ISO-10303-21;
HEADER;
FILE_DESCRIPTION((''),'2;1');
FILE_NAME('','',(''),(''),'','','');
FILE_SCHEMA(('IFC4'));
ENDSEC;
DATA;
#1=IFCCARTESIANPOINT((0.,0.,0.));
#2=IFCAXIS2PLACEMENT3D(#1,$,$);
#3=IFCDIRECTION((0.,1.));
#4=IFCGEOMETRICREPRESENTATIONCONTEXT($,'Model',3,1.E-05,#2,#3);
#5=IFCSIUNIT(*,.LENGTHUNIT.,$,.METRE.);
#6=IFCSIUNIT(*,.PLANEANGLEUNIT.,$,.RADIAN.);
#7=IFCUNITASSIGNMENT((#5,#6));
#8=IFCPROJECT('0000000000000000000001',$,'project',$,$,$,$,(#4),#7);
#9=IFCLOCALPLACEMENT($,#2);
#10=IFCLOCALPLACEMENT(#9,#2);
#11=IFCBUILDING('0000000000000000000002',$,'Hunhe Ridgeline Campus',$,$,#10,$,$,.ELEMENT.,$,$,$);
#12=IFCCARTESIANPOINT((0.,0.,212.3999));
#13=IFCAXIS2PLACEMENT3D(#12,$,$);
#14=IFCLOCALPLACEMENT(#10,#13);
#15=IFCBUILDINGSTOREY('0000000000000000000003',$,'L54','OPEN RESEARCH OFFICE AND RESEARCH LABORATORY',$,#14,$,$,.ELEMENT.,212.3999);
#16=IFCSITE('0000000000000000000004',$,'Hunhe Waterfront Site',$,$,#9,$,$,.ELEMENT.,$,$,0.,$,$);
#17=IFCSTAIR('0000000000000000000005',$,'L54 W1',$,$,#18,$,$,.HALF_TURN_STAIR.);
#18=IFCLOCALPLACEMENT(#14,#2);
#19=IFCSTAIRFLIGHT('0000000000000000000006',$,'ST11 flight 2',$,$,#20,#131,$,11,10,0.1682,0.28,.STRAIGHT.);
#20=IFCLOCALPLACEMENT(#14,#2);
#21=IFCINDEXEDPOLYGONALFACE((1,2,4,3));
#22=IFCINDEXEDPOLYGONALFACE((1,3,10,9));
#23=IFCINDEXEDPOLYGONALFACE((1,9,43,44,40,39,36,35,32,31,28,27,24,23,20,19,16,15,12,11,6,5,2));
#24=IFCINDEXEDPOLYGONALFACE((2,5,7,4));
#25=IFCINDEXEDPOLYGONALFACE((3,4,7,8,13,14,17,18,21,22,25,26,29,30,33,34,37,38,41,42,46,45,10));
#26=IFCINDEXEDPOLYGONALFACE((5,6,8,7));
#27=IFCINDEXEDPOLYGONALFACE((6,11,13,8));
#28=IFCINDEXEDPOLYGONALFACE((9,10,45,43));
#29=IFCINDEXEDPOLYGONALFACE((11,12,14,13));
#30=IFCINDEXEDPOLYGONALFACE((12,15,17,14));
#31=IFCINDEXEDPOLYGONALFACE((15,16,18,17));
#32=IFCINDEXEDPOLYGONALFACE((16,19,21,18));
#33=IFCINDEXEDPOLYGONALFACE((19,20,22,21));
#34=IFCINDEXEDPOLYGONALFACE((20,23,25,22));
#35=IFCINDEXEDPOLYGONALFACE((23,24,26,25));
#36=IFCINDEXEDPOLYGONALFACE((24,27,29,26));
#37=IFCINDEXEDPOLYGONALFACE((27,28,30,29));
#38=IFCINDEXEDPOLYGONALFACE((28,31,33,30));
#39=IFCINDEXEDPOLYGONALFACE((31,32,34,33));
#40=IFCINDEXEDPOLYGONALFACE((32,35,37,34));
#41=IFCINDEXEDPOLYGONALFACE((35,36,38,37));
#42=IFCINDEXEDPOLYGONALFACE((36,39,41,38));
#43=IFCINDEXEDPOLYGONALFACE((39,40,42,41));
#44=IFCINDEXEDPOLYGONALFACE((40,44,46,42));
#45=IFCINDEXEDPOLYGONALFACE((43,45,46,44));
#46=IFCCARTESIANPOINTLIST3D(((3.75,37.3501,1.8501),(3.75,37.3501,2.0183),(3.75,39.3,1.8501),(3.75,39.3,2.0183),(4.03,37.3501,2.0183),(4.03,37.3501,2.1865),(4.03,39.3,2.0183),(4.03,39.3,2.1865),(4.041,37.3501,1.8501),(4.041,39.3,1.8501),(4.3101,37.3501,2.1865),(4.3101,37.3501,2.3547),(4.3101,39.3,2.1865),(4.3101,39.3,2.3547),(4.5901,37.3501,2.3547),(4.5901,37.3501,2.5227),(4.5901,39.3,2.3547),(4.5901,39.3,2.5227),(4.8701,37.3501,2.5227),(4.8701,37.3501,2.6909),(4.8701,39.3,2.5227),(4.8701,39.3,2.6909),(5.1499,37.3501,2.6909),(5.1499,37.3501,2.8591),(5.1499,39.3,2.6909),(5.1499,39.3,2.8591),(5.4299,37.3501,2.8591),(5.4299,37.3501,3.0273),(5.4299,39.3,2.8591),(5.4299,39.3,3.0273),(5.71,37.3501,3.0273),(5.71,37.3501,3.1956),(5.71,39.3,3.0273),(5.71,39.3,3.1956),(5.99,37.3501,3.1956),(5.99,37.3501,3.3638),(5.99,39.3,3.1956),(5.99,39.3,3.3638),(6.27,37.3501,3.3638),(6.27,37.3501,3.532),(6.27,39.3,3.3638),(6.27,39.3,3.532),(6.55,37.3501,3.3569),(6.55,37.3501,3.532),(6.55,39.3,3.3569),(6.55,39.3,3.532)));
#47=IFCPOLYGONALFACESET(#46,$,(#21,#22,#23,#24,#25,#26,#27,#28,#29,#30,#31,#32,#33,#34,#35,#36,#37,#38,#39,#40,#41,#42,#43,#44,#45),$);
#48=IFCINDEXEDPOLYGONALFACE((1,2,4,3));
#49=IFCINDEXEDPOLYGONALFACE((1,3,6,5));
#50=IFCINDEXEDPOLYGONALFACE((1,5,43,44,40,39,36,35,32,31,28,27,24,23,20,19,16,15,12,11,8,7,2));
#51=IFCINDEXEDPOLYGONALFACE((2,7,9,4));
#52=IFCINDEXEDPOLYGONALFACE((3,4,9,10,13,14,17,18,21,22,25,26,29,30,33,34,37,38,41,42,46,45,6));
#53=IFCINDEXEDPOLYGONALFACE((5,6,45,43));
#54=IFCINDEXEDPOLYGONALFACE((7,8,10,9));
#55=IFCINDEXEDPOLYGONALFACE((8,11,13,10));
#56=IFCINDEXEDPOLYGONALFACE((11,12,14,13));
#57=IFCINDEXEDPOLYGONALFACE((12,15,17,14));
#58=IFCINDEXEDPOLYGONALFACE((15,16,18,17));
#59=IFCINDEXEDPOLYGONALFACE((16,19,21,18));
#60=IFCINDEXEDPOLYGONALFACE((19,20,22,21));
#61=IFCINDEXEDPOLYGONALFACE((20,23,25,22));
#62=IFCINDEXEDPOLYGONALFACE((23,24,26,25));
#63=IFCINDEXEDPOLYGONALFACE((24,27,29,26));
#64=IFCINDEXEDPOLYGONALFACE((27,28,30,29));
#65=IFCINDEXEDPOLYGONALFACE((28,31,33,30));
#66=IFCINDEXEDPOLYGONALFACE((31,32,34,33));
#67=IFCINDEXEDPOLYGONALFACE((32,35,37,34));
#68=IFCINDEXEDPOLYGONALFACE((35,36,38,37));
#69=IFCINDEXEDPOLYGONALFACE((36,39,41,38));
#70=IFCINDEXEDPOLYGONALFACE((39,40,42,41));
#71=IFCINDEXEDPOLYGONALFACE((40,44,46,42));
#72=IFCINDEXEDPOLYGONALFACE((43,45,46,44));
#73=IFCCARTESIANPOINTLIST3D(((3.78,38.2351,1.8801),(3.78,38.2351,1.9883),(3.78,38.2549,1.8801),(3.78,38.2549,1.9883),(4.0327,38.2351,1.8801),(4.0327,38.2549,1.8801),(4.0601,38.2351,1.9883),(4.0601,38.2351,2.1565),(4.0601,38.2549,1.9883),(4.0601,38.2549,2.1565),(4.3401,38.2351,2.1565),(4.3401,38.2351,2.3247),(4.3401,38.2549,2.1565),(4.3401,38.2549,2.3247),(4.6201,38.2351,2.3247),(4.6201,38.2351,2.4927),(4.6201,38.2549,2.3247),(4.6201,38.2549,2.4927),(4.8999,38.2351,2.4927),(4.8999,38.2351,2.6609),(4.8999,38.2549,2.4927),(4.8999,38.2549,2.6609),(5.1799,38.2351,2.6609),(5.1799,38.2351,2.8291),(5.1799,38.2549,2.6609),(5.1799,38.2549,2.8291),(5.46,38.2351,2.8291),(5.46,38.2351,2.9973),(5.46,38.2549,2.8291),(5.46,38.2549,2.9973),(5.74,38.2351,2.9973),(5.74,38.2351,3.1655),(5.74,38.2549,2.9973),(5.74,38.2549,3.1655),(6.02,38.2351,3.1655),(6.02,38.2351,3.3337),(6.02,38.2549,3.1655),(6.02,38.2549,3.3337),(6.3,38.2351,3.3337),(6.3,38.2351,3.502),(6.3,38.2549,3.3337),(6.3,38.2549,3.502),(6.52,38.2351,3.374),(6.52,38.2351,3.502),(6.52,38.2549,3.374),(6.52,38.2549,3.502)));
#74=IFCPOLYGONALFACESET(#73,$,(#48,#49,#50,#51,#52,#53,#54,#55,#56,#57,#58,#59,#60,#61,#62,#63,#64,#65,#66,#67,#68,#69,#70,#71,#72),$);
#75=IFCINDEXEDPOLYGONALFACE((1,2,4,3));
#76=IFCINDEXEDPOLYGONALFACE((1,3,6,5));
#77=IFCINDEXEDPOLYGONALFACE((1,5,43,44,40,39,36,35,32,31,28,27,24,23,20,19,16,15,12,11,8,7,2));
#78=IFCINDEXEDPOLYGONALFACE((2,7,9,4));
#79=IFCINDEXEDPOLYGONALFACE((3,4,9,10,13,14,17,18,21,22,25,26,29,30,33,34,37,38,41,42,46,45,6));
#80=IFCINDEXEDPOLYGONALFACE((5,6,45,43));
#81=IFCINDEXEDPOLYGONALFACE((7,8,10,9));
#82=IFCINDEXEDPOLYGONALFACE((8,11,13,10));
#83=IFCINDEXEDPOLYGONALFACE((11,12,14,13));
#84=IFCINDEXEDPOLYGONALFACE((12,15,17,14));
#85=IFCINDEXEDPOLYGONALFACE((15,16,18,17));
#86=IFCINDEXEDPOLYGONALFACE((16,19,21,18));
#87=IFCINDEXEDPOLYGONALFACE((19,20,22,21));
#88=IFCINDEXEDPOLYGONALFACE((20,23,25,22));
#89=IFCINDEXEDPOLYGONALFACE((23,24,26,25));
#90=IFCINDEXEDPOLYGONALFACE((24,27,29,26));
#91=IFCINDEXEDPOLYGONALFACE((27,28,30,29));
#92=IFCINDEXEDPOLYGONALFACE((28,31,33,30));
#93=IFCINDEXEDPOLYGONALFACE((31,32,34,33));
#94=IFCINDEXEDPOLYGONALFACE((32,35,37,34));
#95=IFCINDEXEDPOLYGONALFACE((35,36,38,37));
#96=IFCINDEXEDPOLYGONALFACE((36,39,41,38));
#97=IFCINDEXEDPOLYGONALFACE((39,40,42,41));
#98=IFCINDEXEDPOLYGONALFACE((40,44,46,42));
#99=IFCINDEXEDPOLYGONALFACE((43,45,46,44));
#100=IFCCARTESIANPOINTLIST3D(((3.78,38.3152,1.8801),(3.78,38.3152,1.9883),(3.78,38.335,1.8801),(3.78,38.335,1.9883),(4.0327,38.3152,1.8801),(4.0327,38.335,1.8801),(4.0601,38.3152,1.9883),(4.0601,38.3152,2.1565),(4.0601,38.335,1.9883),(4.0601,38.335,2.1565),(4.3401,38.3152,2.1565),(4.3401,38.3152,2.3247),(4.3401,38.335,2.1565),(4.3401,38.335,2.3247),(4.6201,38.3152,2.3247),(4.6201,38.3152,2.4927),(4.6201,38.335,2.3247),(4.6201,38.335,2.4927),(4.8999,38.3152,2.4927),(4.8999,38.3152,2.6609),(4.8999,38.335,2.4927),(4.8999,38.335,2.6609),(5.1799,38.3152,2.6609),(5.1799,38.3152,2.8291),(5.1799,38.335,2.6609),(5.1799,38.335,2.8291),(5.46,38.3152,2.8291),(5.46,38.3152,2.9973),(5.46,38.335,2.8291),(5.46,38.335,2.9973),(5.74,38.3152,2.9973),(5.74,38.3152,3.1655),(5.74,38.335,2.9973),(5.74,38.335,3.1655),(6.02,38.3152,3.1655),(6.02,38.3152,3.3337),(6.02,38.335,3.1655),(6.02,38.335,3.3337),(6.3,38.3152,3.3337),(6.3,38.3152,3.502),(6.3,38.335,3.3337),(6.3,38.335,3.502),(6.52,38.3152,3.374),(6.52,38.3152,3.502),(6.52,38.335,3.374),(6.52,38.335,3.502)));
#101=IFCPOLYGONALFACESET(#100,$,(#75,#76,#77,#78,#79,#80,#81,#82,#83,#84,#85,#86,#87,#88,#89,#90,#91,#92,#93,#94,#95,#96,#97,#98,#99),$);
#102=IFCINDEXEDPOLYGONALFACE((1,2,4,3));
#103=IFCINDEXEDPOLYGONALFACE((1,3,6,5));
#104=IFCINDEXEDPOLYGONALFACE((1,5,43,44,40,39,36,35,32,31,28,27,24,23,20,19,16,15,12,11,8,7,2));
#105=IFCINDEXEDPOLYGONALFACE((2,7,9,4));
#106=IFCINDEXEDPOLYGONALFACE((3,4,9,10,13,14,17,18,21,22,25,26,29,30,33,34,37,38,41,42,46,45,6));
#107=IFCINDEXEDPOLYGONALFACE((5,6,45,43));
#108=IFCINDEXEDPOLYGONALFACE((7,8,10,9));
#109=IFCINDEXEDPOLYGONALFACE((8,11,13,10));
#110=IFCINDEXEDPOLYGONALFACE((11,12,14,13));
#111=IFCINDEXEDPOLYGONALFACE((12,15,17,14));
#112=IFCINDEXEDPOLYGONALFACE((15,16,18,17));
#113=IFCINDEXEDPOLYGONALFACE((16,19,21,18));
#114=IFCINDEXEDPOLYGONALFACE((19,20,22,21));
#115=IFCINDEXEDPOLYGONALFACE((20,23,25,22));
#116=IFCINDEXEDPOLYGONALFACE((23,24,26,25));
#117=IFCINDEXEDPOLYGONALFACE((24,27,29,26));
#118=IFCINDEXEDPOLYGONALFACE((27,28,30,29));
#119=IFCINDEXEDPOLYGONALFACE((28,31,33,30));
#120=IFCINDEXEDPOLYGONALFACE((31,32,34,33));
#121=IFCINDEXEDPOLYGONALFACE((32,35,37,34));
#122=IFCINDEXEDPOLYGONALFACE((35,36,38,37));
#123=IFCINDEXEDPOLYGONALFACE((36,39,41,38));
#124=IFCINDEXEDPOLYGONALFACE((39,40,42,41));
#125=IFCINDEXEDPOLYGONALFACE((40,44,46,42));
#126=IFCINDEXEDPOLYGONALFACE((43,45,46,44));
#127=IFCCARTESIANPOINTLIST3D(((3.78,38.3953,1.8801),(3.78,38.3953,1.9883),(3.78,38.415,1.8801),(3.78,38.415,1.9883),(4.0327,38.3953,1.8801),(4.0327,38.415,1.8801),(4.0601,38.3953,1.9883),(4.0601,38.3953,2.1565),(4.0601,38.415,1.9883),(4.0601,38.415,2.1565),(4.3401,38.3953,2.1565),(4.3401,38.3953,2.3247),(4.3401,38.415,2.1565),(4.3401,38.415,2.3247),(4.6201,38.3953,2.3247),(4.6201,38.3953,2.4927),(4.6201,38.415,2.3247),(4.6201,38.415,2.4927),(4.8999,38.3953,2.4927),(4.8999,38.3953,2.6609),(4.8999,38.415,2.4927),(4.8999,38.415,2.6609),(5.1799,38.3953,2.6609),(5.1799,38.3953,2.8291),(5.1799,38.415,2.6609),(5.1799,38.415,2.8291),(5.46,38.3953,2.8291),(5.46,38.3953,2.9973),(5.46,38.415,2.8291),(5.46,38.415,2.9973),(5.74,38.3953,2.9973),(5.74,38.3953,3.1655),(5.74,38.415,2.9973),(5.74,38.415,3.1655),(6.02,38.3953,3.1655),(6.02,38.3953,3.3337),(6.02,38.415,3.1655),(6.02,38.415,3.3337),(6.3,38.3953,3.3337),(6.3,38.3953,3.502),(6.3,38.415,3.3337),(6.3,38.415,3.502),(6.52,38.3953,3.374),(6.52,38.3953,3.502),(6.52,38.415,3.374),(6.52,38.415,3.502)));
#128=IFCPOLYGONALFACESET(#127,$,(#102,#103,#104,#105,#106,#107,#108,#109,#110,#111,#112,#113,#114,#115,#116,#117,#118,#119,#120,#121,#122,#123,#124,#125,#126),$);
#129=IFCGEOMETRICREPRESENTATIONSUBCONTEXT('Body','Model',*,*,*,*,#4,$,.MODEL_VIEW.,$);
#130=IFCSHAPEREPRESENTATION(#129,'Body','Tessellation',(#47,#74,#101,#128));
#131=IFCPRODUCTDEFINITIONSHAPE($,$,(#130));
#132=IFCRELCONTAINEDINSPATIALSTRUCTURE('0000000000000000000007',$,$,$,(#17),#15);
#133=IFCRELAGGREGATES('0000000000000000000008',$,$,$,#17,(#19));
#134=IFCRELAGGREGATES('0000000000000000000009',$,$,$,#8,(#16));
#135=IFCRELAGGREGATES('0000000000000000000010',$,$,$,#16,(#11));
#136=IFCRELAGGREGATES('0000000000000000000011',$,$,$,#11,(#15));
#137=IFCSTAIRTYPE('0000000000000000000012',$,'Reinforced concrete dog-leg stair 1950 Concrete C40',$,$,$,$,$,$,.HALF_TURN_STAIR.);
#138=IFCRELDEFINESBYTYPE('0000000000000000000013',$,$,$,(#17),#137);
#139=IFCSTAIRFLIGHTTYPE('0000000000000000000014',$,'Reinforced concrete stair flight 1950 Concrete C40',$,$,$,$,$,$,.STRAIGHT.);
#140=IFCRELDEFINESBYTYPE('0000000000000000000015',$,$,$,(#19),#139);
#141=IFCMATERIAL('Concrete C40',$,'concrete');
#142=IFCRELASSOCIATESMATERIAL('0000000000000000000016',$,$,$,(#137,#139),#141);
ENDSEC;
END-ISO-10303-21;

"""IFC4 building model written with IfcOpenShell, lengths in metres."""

from ifc_helpers import new_model, si_unit, direction, frame, origin, place, context, subcontext, project, spatial, polyline, outline, extrude, material, type_object, element, aggregate, save


model = new_model("IFC4")

# Units and contexts
model_context = context("Model", 3, precision=1e-05, world=origin(), true_north=direction((0.0, 1.0)))
body_context = subcontext(model_context, "Body", "Model", "MODEL_VIEW")
ifc_project = project(units=[si_unit("LENGTHUNIT", "METRE"), si_unit("PLANEANGLEUNIT", "RADIAN")], contexts=[model_context])

# Site, building, storey
site_placement = place(None, origin())
site = spatial("IfcSite", under=ifc_project, at=site_placement, Name="Hunhe Waterfront Site", CompositionType="ELEMENT", RefElevation=0.0)
building_placement = place(site_placement, origin())
building = spatial("IfcBuilding", under=site, at=building_placement, Name="Hunhe Ridgeline Campus", CompositionType="ELEMENT")
storey_placement = place(building_placement, frame((0.0, 0.0, 212.3999)))
storey = spatial("IfcBuildingStorey", under=building, at=storey_placement, Name="L54", Description="OPEN RESEARCH OFFICE AND RESEARCH LABORATORY", CompositionType="ELEMENT", Elevation=212.3999)

# Stair, stair flight
ifc_material_1 = material(Name="Concrete C40", Category="concrete")
stair_type = type_object("IfcStairType", Name="Reinforced concrete dog-leg stair 1950 Concrete C40", PredefinedType="HALF_TURN_STAIR", material=ifc_material_1)
stair_placement = place(storey_placement, origin())
stair = element("IfcStair", 1, at=stair_placement, inside=storey, type_object=stair_type, Name="L54 W1", PredefinedType="HALF_TURN_STAIR")
stair_flight_type = type_object("IfcStairFlightType", Name="Reinforced concrete stair flight 1950 Concrete C40", PredefinedType="STRAIGHT", material=ifc_material_1)
stair_flight_placement = place(storey_placement, frame((3.75, 38.325, 1.8501), z_axis=(0.0, 0.0, 1.0), x_axis=(1.0, 0.0, 0.0)))
stair_flight = element("IfcStairFlight", 2, at=stair_flight_placement, type_object=stair_flight_type, Name="ST11 flight 2", NumberOfRisers=11, NumberOfTreads=10, PredefinedType="STRAIGHT", RiserHeight=0.1682, TreadLength=0.28, context=body_context, shape_type="SweptSolid", body=[
    extrude(outline(polyline([(0.0, 0.0), (0.0, 0.1682), (0.28, 0.1682), (0.28, 0.3364), (0.5601, 0.3364), (0.5601, 0.5046), (0.8401, 0.5046), (0.8401, 0.6726), (1.1201, 0.6726), (1.1201, 0.8408), (1.3999, 0.8408), (1.3999, 1.009), (1.6799, 1.009), (1.6799, 1.1772), (1.96, 1.1772), (1.96, 1.3455), (2.24, 1.3455), (2.24, 1.5137), (2.52, 1.5137), (2.52, 1.6819), (2.8, 1.6819), (2.8, 1.8501), (2.8, 1.5068), (0.291, 0.0), (0.0, 0.0)])), frame((0.0, 0.9751, 0.0), z_axis=(0.0, -1.0, 0.0), x_axis=(1.0, 0.0, 0.0)), (0.0, 0.0, 1.0), 1.95),
    extrude(outline(polyline([(0.03, 0.03), (0.03, 0.1382), (0.3101, 0.1382), (0.3101, 0.3064), (0.5901, 0.3064), (0.5901, 0.4746), (0.8701, 0.4746), (0.8701, 0.6426), (1.1499, 0.6426), (1.1499, 0.8108), (1.4299, 0.8108), (1.4299, 0.979), (1.71, 0.979), (1.71, 1.1472), (1.99, 1.1472), (1.99, 1.3154), (2.27, 1.3154), (2.27, 1.4836), (2.55, 1.4836), (2.55, 1.6519), (2.77, 1.6519), (2.77, 1.5239), (0.2827, 0.03), (0.03, 0.03)])), frame((0.0, -0.0701, 0.0), z_axis=(0.0, -1.0, 0.0), x_axis=(1.0, 0.0, 0.0)), (0.0, 0.0, 1.0), 0.0198),
    extrude(outline(polyline([(0.03, 0.03), (0.03, 0.1382), (0.3101, 0.1382), (0.3101, 0.3064), (0.5901, 0.3064), (0.5901, 0.4746), (0.8701, 0.4746), (0.8701, 0.6426), (1.1499, 0.6426), (1.1499, 0.8108), (1.4299, 0.8108), (1.4299, 0.979), (1.71, 0.979), (1.71, 1.1472), (1.99, 1.1472), (1.99, 1.3154), (2.27, 1.3154), (2.27, 1.4836), (2.55, 1.4836), (2.55, 1.6519), (2.77, 1.6519), (2.77, 1.5239), (0.2827, 0.03), (0.03, 0.03)])), frame((0.0, 0.01, 0.0), z_axis=(0.0, -1.0, 0.0), x_axis=(1.0, 0.0, 0.0)), (0.0, 0.0, 1.0), 0.0198),
    extrude(outline(polyline([(0.03, 0.03), (0.03, 0.1382), (0.3101, 0.1382), (0.3101, 0.3064), (0.5901, 0.3064), (0.5901, 0.4746), (0.8701, 0.4746), (0.8701, 0.6426), (1.1499, 0.6426), (1.1499, 0.8108), (1.4299, 0.8108), (1.4299, 0.979), (1.71, 0.979), (1.71, 1.1472), (1.99, 1.1472), (1.99, 1.3154), (2.27, 1.3154), (2.27, 1.4836), (2.55, 1.4836), (2.55, 1.6519), (2.77, 1.6519), (2.77, 1.5239), (0.2827, 0.03), (0.03, 0.03)])), frame((0.0, 0.0901, 0.0), z_axis=(0.0, -1.0, 0.0), x_axis=(1.0, 0.0, 0.0)), (0.0, 0.0, 1.0), 0.0198),
])
aggregate(stair, [stair_flight])

save(model, "model.ifc")
